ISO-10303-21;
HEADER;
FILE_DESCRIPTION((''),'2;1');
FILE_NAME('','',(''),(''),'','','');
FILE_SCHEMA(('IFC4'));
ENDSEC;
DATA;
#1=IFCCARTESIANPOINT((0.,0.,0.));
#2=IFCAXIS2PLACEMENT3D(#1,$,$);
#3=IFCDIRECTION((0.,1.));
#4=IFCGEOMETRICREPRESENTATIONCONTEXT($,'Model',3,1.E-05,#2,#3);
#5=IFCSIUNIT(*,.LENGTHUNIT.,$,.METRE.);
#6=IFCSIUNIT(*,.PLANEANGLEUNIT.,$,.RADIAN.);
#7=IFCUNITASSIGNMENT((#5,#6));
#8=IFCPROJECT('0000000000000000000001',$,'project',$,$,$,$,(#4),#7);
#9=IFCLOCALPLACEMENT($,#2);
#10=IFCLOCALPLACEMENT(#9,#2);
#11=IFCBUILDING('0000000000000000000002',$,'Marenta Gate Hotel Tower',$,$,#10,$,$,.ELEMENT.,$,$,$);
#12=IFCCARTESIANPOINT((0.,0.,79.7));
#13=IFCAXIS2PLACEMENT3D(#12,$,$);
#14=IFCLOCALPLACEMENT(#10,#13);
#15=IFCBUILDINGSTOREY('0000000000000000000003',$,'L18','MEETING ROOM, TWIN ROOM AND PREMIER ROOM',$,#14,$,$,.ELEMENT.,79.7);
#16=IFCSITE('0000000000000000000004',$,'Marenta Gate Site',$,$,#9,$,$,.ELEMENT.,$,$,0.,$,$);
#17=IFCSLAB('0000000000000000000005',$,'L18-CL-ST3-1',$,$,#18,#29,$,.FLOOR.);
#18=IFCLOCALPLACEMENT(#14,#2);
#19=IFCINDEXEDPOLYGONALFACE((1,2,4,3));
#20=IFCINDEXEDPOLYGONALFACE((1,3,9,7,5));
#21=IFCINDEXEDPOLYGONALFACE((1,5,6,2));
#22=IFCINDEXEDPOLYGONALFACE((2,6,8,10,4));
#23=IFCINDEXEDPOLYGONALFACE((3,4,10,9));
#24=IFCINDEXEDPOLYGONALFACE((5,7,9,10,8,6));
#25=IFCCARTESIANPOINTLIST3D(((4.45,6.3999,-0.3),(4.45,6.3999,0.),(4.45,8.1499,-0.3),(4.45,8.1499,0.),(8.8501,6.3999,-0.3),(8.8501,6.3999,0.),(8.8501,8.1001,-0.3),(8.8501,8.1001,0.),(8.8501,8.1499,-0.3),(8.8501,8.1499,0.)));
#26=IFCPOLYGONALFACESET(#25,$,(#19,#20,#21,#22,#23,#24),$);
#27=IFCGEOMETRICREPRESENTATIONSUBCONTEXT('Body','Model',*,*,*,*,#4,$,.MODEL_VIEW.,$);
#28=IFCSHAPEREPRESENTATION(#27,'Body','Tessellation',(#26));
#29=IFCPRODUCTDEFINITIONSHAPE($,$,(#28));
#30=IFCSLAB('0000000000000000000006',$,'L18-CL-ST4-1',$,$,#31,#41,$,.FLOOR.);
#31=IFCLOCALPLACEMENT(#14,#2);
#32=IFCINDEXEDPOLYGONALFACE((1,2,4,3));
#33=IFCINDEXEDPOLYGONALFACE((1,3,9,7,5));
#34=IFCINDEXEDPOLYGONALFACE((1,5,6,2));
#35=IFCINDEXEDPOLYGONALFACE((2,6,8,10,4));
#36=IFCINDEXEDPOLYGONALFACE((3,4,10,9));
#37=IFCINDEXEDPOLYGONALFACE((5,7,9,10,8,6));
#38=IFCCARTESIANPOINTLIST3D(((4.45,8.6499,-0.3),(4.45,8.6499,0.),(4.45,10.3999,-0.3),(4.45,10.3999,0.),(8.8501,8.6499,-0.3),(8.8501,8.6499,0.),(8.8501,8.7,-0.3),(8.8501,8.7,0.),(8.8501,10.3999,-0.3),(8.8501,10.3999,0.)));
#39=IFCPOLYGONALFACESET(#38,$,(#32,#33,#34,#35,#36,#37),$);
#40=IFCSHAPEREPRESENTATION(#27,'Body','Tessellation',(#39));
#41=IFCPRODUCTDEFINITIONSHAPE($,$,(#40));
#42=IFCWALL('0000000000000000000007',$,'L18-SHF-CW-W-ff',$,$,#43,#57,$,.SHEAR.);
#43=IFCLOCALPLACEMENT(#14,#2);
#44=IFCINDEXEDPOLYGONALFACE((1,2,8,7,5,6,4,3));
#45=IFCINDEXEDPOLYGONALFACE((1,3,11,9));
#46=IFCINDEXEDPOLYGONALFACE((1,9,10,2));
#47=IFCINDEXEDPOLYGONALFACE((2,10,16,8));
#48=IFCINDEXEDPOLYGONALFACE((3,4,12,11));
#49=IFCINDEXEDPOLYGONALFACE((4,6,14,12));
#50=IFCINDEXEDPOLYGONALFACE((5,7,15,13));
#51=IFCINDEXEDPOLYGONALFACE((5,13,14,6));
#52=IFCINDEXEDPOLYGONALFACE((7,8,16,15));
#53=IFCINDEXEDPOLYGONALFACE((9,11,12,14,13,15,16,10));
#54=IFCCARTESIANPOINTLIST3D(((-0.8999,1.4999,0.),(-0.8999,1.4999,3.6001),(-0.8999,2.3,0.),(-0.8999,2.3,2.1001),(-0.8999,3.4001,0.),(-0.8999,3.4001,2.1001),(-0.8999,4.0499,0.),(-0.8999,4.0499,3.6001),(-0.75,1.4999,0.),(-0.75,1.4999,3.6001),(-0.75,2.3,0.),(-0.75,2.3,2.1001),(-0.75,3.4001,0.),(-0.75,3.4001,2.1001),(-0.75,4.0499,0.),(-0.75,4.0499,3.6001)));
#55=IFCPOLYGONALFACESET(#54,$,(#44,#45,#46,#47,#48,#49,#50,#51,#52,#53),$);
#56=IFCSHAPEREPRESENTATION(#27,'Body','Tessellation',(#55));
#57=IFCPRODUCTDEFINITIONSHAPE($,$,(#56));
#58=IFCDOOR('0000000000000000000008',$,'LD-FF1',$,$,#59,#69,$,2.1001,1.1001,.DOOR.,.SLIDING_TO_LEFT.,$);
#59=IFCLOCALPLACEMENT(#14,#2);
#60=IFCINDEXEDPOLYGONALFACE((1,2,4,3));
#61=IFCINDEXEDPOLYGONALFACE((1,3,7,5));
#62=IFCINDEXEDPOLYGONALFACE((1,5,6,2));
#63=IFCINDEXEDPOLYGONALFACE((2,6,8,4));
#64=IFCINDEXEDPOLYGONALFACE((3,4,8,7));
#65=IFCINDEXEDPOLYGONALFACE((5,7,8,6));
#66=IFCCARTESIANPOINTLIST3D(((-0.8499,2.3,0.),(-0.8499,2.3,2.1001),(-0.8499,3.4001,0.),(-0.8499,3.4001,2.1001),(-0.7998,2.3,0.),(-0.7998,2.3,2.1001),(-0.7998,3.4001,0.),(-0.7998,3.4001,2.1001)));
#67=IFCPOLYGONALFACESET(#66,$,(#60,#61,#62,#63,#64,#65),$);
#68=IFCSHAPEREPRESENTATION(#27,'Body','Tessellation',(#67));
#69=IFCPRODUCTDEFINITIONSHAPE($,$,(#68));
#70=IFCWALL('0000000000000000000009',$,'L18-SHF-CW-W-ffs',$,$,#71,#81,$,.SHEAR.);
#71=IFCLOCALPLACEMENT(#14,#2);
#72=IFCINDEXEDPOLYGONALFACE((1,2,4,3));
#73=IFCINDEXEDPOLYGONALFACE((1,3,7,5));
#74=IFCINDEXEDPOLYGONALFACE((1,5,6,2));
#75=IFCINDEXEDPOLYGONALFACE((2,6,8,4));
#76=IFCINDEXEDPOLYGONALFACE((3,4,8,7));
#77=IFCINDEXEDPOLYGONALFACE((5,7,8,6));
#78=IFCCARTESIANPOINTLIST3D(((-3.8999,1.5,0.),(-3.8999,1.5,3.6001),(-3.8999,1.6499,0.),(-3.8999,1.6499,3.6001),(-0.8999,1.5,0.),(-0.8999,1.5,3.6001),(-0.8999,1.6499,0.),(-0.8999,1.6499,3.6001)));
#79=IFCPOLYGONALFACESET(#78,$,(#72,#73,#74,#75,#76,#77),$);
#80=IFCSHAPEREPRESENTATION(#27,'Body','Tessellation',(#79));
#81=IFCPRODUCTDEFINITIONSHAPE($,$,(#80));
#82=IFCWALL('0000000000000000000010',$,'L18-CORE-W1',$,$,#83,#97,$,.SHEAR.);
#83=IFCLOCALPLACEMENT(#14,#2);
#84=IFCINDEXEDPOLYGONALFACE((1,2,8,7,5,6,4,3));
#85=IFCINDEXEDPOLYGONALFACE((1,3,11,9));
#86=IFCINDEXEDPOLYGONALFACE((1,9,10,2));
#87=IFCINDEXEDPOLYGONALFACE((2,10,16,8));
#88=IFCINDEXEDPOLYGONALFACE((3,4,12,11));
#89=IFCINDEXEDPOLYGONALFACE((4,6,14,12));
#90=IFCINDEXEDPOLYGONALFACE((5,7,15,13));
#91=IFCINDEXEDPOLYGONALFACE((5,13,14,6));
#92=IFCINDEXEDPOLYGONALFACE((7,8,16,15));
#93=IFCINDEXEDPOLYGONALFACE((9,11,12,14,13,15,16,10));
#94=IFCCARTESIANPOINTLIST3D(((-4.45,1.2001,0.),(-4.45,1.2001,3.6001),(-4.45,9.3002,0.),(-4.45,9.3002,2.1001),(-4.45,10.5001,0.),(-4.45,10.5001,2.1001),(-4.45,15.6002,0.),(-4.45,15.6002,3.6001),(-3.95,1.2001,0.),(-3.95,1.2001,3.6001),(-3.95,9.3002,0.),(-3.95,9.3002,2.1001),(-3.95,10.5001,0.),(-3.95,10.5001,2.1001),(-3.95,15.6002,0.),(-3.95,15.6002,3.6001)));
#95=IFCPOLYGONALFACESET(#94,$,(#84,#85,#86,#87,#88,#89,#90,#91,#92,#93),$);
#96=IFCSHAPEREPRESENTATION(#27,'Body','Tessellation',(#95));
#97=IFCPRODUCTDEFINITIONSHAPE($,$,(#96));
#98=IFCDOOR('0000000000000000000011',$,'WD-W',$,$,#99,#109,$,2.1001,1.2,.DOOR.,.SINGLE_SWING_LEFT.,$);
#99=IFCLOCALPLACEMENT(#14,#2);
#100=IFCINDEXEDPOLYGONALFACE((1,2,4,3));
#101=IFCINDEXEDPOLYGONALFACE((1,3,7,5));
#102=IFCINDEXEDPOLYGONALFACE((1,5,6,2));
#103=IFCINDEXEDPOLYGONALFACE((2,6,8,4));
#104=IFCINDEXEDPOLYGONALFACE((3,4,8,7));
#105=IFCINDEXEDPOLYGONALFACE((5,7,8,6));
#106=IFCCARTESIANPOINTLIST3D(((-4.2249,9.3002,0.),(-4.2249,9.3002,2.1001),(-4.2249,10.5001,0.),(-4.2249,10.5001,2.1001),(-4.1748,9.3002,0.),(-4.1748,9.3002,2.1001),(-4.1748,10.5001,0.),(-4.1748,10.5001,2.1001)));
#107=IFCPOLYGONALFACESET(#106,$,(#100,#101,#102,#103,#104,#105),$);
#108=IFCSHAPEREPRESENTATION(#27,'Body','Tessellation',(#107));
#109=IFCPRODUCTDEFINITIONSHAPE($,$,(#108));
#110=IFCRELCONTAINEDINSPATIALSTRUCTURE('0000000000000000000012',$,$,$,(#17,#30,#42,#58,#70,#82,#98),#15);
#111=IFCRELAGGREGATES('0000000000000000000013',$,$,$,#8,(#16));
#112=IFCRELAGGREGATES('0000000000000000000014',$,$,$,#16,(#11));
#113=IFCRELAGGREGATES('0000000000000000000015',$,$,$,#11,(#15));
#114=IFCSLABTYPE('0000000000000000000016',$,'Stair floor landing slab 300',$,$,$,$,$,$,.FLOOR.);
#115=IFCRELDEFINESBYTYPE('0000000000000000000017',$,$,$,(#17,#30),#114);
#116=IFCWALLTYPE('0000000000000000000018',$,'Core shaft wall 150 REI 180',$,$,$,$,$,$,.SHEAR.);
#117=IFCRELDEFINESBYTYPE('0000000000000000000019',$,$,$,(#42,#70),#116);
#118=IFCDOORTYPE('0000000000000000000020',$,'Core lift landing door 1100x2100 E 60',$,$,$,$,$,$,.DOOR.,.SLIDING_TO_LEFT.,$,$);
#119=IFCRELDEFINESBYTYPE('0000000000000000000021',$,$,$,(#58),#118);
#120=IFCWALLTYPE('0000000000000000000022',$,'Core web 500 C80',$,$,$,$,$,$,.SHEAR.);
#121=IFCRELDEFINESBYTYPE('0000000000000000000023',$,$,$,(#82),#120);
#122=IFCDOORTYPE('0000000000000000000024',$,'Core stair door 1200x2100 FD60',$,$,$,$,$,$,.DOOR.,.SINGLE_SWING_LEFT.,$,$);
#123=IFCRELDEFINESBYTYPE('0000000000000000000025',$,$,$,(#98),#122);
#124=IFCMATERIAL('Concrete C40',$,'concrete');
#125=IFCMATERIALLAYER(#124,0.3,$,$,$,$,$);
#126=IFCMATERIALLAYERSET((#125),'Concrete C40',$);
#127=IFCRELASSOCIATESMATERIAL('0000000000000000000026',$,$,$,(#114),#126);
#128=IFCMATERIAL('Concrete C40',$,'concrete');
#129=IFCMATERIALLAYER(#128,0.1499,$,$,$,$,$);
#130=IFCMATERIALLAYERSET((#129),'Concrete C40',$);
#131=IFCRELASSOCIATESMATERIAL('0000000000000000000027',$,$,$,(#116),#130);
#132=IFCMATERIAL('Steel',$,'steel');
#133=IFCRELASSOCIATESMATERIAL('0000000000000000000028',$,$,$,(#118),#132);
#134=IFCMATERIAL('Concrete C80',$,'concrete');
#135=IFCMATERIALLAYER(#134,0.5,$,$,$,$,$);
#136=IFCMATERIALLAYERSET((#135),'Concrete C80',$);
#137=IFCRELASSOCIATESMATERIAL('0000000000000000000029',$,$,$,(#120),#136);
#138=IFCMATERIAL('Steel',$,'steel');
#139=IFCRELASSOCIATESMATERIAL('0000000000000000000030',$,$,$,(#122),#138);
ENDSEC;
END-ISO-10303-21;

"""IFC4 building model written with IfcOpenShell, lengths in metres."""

from ifc_helpers import new_model, si_unit, direction, frame, frame_2d, origin, place, context, subcontext, project, spatial, polyline, rectangle, outline, extrude, material, layer, layer_set, type_object, element, fill, save


model = new_model("IFC4")

# Units and contexts
model_context = context("Model", 3, precision=1e-05, world=origin(), true_north=direction((0.0, 1.0)))
body_context = subcontext(model_context, "Body", "Model", "MODEL_VIEW")
ifc_project = project(units=[si_unit("LENGTHUNIT", "METRE"), si_unit("PLANEANGLEUNIT", "RADIAN")], contexts=[model_context])

# Site, building, storey
site_placement = place(None, origin())
site = spatial("IfcSite", under=ifc_project, at=site_placement, Name="Marenta Gate Site", CompositionType="ELEMENT", RefElevation=0.0)
building_placement = place(site_placement, origin())
building = spatial("IfcBuilding", under=site, at=building_placement, Name="Marenta Gate Hotel Tower", CompositionType="ELEMENT")
storey_placement = place(building_placement, frame((0.0, 0.0, 79.7)))
storey = spatial("IfcBuildingStorey", under=building, at=storey_placement, Name="L18", Description="MEETING ROOM, TWIN ROOM AND PREMIER ROOM", CompositionType="ELEMENT", Elevation=79.7)

# Slabs
ifc_material_1 = material(Name="Concrete C40", Category="concrete")
ifc_layer_1 = layer(ifc_material_1, 0.3)
ifc_layer_set_1 = layer_set([ifc_layer_1], Name="Concrete C40")
slab_type_1 = type_object("IfcSlabType", Name="Stair floor landing slab 300", PredefinedType="FLOOR", material=ifc_layer_set_1)
slab_1_placement = place(storey_placement, frame((0.0, 0.0, -0.3)))
element("IfcSlab", 1, at=slab_1_placement, inside=storey, type_object=slab_type_1, Name="L18-CL-ST3-1", PredefinedType="FLOOR", context=body_context, shape_type="SweptSolid", body=[
    extrude(outline(polyline([(4.45, 6.3999), (4.45, 8.1499), (8.8501, 8.1499), (8.8501, 8.1001), (8.8501, 6.3999), (4.45, 6.3999)])), origin(), (0.0, 0.0, 1.0), 0.3),
])
slab_2_placement = place(storey_placement, frame((0.0, 0.0, -0.3)))
element("IfcSlab", 2, at=slab_2_placement, inside=storey, type_object=slab_type_1, Name="L18-CL-ST4-1", PredefinedType="FLOOR", context=body_context, shape_type="SweptSolid", body=[
    extrude(outline(polyline([(4.45, 8.6499), (4.45, 10.3999), (8.8501, 10.3999), (8.8501, 8.7), (8.8501, 8.6499), (4.45, 8.6499)])), origin(), (0.0, 0.0, 1.0), 0.3),
])

# Wall, opening, door
ifc_material_2 = material(Name="Concrete C40", Category="concrete")
ifc_layer_2 = layer(ifc_material_2, 0.1499)
ifc_layer_set_2 = layer_set([ifc_layer_2], Name="Concrete C40")
wall_type_1 = type_object("IfcWallType", Name="Core shaft wall 150 REI 180", PredefinedType="SHEAR", material=ifc_layer_set_2)
wall_1_placement = place(storey_placement, frame((-0.825, 1.5, 0.0), z_axis=(0.0, 0.0, 1.0), x_axis=(0.0, 1.0, 0.0)))
wall_1 = element("IfcWall", 3, at=wall_1_placement, inside=storey, type_object=wall_type_1, Name="L18-SHF-CW-W-ff", PredefinedType="SHEAR", context=body_context, shape_type="SweptSolid", body=[
    extrude(rectangle(XDim=2.55, YDim=0.1499, at=frame_2d((1.2749, 0.0))), origin(), (0.0, 0.0, 1.0), 3.6001),
])
opening_1_placement = place(wall_1_placement, frame((0.8, 0.0, 0.0)))
opening_1 = element("IfcOpeningElement", 4, at=opening_1_placement, cuts=wall_1, PredefinedType="OPENING", context=body_context, shape_type="SweptSolid", body=[
    extrude(rectangle(XDim=1.1001, YDim=2.1001, at=frame_2d((0.55, 1.05))), frame((0.0, 0.075, 0.0), z_axis=(0.0, -1.0, 0.0), x_axis=(1.0, 0.0, 0.0)), (0.0, 0.0, 1.0), 0.1499),
])
ifc_material_3 = material(Name="Steel", Category="steel")
door_type_1 = type_object("IfcDoorType", Name="Core lift landing door 1100x2100 E 60", OperationType="SLIDING_TO_LEFT", PredefinedType="DOOR", material=ifc_material_3)
door_1_placement = place(opening_1_placement, origin())
door_1 = element("IfcDoor", 5, at=door_1_placement, inside=storey, type_object=door_type_1, Name="LD-FF1", OperationType="SLIDING_TO_LEFT", OverallHeight=2.1001, OverallWidth=1.1001, PredefinedType="DOOR", context=body_context, shape_type="SweptSolid", body=[
    extrude(rectangle(XDim=1.1001, YDim=2.1001, at=frame_2d((0.55, 1.05))), frame((0.0, 0.0249, 0.0), z_axis=(0.0, -1.0, 0.0), x_axis=(1.0, 0.0, 0.0)), (0.0, 0.0, 1.0), 0.05),
])
fill(opening_1, door_1)

# Wall
wall_2_placement = place(storey_placement, frame((-3.8999, 1.575, 0.0), z_axis=(0.0, 0.0, 1.0), x_axis=(1.0, 0.0, 0.0)))
element("IfcWall", 6, at=wall_2_placement, inside=storey, type_object=wall_type_1, Name="L18-SHF-CW-W-ffs", PredefinedType="SHEAR", context=body_context, shape_type="SweptSolid", body=[
    extrude(rectangle(XDim=3.0, YDim=0.1499, at=frame_2d((1.5, 0.0))), origin(), (0.0, 0.0, 1.0), 3.6001),
])

# Wall, opening, door
ifc_material_4 = material(Name="Concrete C80", Category="concrete")
ifc_layer_3 = layer(ifc_material_4, 0.5)
ifc_layer_set_3 = layer_set([ifc_layer_3], Name="Concrete C80")
wall_type_2 = type_object("IfcWallType", Name="Core web 500 C80", PredefinedType="SHEAR", material=ifc_layer_set_3)
wall_3_placement = place(storey_placement, frame((-4.2, 1.2, 0.0), z_axis=(0.0, 0.0, 1.0), x_axis=(0.0, 1.0, 0.0)))
wall_3 = element("IfcWall", 7, at=wall_3_placement, inside=storey, type_object=wall_type_2, Name="L18-CORE-W1", PredefinedType="SHEAR", context=body_context, shape_type="SweptSolid", body=[
    extrude(rectangle(XDim=14.4001, YDim=0.5, at=frame_2d((7.2002, 0.0))), origin(), (0.0, 0.0, 1.0), 3.6001),
])
opening_2_placement = place(wall_3_placement, frame((8.1001, 0.0, 0.0)))
opening_2 = element("IfcOpeningElement", 8, at=opening_2_placement, cuts=wall_3, PredefinedType="OPENING", context=body_context, shape_type="SweptSolid", body=[
    extrude(rectangle(XDim=1.2, YDim=2.1001, at=frame_2d((0.6001, 1.05))), frame((0.0, 0.25, 0.0), z_axis=(0.0, -1.0, 0.0), x_axis=(1.0, 0.0, 0.0)), (0.0, 0.0, 1.0), 0.5),
])
ifc_material_5 = material(Name="Steel", Category="steel")
door_type_2 = type_object("IfcDoorType", Name="Core stair door 1200x2100 FD60", OperationType="SINGLE_SWING_LEFT", PredefinedType="DOOR", material=ifc_material_5)
door_2_placement = place(opening_2_placement, origin())
door_2 = element("IfcDoor", 9, at=door_2_placement, inside=storey, type_object=door_type_2, Name="WD-W", OperationType="SINGLE_SWING_LEFT", OverallHeight=2.1001, OverallWidth=1.2, PredefinedType="DOOR", context=body_context, shape_type="SweptSolid", body=[
    extrude(rectangle(XDim=1.2, YDim=2.1001, at=frame_2d((0.6001, 1.05))), frame((0.0, 0.0249, 0.0), z_axis=(0.0, -1.0, 0.0), x_axis=(1.0, 0.0, 0.0)), (0.0, 0.0, 1.0), 0.05),
])
fill(opening_2, door_2)

save(model, "model.ifc")
